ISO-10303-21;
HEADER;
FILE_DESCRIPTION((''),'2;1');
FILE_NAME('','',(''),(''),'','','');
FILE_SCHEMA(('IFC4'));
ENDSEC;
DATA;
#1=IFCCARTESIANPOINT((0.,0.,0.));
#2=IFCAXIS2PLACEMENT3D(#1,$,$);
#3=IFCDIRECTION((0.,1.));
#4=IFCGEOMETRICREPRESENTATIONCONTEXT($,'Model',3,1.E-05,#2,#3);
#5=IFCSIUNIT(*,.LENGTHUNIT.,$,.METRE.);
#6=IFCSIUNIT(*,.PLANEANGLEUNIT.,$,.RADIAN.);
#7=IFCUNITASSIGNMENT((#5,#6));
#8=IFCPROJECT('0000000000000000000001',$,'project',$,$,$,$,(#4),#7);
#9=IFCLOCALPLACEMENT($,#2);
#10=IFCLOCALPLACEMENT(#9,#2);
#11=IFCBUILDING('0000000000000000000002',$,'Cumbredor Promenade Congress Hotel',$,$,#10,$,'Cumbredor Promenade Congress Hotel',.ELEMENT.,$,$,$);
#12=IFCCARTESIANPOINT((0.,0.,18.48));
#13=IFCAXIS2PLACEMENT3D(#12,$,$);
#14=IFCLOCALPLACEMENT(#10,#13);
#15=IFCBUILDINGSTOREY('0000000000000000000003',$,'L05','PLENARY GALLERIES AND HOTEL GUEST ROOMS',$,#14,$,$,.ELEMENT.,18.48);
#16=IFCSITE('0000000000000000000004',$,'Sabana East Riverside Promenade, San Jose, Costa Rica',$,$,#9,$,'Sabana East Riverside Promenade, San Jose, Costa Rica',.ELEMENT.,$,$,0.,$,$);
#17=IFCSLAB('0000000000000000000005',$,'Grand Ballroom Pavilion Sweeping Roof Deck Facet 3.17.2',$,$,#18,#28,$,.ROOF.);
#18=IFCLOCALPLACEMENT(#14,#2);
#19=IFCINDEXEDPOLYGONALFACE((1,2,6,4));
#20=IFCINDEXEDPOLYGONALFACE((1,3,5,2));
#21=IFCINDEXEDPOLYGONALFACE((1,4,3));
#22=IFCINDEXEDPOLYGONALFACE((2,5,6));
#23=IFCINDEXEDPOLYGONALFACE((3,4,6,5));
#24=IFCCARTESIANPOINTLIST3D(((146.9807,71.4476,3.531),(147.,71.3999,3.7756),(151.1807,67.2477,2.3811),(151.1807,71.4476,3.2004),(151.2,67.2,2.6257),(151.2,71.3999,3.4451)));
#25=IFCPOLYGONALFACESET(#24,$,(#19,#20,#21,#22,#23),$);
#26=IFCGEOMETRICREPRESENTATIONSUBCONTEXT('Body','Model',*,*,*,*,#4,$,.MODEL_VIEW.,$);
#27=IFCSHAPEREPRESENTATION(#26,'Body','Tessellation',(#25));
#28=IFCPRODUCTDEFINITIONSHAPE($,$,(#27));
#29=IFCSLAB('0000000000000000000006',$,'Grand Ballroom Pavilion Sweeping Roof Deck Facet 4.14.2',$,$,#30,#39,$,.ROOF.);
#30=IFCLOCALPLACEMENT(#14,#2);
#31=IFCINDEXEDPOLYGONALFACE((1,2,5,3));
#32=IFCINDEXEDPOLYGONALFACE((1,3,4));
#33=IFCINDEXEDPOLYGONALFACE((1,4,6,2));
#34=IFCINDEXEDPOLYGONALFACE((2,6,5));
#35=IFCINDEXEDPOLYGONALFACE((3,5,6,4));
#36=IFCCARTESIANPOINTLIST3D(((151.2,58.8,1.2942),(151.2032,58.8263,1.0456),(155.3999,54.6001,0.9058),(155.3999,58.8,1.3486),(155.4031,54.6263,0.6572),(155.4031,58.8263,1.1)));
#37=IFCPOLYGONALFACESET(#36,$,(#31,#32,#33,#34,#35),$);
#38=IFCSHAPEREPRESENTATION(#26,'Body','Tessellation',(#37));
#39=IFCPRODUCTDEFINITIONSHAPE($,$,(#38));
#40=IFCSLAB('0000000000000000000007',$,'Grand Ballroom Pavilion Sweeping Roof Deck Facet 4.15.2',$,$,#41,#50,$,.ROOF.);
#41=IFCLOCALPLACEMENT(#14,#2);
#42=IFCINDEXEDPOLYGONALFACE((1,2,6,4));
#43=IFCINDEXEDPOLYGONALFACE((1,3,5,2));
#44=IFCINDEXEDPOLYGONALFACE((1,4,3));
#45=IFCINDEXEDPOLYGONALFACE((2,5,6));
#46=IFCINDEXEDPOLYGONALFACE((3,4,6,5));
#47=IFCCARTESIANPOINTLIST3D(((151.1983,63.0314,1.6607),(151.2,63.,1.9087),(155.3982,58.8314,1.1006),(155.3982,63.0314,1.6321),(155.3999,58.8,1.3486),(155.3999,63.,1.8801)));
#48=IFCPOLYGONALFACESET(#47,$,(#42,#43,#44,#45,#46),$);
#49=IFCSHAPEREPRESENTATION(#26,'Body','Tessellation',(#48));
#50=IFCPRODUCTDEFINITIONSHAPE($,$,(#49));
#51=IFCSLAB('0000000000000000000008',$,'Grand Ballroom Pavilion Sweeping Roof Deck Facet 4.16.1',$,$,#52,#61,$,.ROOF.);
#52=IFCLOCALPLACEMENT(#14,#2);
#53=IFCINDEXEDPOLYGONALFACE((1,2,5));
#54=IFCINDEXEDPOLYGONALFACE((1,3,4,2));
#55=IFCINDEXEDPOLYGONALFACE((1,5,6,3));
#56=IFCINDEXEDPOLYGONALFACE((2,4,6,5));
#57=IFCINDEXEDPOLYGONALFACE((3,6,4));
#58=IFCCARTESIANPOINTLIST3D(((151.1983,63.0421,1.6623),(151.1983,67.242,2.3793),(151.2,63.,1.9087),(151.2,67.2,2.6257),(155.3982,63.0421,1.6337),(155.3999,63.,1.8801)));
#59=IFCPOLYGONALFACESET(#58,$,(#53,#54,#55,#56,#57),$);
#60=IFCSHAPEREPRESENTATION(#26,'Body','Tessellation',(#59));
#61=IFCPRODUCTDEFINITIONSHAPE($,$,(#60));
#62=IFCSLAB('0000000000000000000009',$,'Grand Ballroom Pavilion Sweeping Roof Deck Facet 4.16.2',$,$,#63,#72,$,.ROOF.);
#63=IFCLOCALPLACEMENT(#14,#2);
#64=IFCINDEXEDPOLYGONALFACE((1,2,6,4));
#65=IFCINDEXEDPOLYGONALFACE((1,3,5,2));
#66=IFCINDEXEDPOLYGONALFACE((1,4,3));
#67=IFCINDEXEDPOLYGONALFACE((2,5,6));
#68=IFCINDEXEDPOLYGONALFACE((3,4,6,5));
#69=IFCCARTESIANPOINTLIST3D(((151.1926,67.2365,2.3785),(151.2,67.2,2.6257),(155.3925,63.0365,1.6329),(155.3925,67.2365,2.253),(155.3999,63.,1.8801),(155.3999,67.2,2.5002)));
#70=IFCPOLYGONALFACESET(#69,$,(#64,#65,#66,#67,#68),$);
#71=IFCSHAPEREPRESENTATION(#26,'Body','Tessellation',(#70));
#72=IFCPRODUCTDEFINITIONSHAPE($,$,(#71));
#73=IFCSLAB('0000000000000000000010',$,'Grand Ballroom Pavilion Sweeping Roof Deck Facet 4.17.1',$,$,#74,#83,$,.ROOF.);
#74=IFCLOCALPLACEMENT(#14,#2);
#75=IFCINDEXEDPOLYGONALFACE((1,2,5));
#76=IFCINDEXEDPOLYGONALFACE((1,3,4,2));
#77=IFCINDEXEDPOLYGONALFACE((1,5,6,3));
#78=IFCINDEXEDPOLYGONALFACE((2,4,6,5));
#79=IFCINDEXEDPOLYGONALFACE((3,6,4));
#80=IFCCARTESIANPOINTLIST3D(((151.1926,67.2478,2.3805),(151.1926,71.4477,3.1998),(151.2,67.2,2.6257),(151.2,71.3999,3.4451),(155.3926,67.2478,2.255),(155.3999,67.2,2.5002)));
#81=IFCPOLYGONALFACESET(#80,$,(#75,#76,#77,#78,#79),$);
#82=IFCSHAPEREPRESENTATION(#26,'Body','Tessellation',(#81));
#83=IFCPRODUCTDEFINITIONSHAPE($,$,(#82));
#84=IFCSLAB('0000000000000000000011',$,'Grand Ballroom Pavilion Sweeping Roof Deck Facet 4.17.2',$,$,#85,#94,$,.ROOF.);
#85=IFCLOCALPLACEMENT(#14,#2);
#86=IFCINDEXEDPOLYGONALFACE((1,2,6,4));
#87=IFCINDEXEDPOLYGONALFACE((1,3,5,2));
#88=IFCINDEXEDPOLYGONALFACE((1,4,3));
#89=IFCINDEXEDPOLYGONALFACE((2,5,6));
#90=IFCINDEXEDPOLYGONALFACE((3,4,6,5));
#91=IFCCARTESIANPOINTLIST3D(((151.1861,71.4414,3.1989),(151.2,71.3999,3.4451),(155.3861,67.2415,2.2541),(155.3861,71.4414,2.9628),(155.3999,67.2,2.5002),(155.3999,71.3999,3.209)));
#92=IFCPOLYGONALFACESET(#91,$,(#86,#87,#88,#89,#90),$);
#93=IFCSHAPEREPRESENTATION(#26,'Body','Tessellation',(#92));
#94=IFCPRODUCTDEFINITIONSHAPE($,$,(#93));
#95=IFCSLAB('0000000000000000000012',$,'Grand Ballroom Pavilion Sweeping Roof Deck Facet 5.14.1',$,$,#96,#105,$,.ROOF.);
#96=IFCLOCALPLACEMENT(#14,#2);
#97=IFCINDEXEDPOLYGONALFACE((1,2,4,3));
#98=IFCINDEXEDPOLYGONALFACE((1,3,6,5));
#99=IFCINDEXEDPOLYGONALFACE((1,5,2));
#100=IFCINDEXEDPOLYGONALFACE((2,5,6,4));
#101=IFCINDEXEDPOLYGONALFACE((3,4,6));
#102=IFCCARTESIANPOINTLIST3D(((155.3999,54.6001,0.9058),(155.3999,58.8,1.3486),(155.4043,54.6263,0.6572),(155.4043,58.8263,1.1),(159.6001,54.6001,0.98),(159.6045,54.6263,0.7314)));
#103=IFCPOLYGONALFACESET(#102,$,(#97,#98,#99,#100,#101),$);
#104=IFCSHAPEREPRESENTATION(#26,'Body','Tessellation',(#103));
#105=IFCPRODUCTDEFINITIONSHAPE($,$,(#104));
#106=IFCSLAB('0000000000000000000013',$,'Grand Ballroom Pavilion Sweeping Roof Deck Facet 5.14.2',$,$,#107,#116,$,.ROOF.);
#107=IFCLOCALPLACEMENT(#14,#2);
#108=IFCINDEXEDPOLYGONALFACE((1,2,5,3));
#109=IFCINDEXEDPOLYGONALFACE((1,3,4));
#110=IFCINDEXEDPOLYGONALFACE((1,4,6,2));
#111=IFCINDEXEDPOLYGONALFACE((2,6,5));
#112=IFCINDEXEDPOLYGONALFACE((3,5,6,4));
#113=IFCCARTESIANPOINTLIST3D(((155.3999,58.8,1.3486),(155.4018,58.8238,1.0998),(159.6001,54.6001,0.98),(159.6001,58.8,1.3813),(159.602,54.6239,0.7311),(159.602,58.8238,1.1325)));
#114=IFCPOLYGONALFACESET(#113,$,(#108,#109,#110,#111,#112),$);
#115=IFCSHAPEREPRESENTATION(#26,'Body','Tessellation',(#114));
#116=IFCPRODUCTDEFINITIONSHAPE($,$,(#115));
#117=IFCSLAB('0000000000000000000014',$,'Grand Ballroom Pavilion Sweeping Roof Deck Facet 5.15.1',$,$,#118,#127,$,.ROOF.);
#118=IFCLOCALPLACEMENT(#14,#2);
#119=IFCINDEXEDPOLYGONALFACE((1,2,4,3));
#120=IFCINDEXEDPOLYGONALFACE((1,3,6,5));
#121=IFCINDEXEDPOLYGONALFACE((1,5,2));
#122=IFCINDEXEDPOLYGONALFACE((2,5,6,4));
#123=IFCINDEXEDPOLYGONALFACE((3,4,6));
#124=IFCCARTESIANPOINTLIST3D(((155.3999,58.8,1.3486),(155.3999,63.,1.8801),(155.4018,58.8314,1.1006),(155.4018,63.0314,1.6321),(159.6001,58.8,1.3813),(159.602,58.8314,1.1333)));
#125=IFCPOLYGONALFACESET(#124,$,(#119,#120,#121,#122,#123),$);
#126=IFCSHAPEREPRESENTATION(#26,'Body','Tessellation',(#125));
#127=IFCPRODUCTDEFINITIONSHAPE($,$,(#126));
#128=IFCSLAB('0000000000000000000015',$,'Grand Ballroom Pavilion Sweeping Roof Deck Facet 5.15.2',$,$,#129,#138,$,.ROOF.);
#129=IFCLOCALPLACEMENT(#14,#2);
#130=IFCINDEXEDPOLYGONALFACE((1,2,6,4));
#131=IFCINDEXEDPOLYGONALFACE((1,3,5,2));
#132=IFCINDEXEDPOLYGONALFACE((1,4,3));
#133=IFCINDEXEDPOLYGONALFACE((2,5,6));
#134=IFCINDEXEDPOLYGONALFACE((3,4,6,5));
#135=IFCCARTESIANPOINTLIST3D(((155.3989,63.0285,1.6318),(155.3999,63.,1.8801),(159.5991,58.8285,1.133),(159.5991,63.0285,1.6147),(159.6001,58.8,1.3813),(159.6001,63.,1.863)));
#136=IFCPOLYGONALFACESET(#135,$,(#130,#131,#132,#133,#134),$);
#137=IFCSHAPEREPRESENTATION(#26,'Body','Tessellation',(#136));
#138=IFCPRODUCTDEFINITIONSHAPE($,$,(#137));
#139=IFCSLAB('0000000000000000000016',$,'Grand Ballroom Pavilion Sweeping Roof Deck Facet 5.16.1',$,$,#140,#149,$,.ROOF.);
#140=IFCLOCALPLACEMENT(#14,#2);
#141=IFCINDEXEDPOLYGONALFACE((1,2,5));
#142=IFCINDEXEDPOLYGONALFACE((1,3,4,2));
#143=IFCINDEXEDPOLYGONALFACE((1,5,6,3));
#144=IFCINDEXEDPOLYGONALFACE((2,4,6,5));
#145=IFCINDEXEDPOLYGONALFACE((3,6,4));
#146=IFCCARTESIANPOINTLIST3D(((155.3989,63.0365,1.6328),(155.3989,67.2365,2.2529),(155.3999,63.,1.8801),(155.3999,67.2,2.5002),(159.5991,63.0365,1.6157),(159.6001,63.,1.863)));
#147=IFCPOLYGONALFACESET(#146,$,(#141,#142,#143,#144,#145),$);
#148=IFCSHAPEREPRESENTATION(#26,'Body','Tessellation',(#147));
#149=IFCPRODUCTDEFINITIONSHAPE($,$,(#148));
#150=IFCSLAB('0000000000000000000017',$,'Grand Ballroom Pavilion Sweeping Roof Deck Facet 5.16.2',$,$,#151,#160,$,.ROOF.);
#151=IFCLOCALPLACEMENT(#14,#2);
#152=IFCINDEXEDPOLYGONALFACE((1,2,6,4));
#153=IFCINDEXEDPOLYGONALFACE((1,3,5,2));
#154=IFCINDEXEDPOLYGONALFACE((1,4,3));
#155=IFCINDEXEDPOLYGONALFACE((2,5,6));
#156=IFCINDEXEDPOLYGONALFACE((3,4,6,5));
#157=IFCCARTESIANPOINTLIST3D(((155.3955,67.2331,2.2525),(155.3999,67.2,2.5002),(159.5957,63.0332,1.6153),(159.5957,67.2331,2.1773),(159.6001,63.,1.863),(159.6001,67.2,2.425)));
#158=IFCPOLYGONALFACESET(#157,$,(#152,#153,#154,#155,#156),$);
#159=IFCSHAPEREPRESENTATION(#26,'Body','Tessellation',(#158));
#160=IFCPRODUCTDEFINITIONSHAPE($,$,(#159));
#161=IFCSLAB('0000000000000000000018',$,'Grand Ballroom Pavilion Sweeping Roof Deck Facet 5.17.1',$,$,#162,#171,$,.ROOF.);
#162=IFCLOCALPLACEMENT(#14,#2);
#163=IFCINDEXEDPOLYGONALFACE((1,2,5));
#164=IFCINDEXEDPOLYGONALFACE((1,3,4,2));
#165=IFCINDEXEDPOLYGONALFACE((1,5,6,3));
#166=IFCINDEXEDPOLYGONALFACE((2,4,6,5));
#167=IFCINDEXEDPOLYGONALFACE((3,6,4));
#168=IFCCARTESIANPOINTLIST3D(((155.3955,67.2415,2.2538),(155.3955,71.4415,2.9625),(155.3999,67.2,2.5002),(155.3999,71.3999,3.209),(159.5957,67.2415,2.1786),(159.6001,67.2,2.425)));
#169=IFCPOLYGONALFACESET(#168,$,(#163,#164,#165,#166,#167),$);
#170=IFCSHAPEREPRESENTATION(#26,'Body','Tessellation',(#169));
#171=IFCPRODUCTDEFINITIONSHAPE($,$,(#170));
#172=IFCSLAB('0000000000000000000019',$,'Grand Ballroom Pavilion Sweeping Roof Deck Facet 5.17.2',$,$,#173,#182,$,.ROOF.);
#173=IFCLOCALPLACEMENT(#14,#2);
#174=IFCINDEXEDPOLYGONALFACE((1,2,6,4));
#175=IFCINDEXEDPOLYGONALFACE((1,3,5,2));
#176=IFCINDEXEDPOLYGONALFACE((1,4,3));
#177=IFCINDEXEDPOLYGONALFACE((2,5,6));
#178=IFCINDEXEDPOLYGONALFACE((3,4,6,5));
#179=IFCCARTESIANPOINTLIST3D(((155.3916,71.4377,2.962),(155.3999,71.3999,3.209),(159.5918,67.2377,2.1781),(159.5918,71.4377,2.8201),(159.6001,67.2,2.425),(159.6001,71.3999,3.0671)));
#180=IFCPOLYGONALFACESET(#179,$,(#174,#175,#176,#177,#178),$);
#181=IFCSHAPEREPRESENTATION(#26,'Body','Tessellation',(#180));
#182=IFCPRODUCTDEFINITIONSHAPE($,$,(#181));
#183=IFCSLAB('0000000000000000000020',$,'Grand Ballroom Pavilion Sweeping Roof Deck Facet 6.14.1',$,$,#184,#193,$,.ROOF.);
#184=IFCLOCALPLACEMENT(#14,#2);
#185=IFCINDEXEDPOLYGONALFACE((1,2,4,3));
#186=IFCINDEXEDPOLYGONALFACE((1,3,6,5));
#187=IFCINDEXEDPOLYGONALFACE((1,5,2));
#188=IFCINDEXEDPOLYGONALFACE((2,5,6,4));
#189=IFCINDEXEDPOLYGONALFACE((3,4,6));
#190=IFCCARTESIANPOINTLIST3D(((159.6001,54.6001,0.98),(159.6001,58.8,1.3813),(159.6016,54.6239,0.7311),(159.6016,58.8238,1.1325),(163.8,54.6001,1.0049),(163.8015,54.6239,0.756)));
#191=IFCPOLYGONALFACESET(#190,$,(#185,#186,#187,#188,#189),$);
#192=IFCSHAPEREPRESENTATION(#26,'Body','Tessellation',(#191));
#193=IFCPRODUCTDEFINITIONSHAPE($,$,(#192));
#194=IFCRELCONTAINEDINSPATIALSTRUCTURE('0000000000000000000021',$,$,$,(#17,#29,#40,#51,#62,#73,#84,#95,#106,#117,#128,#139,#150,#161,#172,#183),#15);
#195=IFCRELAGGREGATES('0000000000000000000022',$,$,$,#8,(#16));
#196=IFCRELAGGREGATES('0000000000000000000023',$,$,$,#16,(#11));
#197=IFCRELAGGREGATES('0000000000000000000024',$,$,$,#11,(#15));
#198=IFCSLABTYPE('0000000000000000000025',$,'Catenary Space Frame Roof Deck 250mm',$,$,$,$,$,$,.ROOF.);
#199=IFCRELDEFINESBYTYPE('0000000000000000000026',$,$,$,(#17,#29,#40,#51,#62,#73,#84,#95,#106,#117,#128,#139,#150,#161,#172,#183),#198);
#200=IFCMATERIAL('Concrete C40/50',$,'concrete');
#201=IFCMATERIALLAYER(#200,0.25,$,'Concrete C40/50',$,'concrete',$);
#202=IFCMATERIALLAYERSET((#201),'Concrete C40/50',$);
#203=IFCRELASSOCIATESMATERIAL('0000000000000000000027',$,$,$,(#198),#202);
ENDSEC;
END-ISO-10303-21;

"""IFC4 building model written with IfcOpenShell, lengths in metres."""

from ifc_helpers import new_model, si_unit, direction, frame, origin, place, context, subcontext, project, spatial, polyline, outline, extrude, material, layer, layer_set, type_object, element, save


model = new_model("IFC4")

# Units and contexts
model_context = context("Model", 3, precision=1e-05, world=origin(), true_north=direction((0.0, 1.0)))
body_context = subcontext(model_context, "Body", "Model", "MODEL_VIEW")
ifc_project = project(units=[si_unit("LENGTHUNIT", "METRE"), si_unit("PLANEANGLEUNIT", "RADIAN")], contexts=[model_context])

# Site, building, storey
site_placement = place(None, origin())
site = spatial("IfcSite", under=ifc_project, at=site_placement, Name="Sabana East Riverside Promenade, San Jose, Costa Rica", LongName="Sabana East Riverside Promenade, San Jose, Costa Rica", CompositionType="ELEMENT", RefElevation=0.0)
building_placement = place(site_placement, origin())
building = spatial("IfcBuilding", under=site, at=building_placement, Name="Cumbredor Promenade Congress Hotel", LongName="Cumbredor Promenade Congress Hotel", CompositionType="ELEMENT")
storey_placement = place(building_placement, frame((0.0, 0.0, 18.48)))
storey = spatial("IfcBuildingStorey", under=building, at=storey_placement, Name="L05", Description="PLENARY GALLERIES AND HOTEL GUEST ROOMS", CompositionType="ELEMENT", Elevation=18.48)

# Slabs
ifc_material_1 = material(Name="Concrete C40/50", Category="concrete")
ifc_layer_1 = layer(ifc_material_1, 0.25, Name="Concrete C40/50", Category="concrete")
ifc_layer_set_1 = layer_set([ifc_layer_1], Name="Concrete C40/50")
slab_type = type_object("IfcSlabType", Name="Catenary Space Frame Roof Deck 250mm", PredefinedType="ROOF", material=ifc_layer_set_1)
slab_1_placement = place(storey_placement, frame((151.2, 67.2, 2.6257), z_axis=(0.077021, -0.190904, 0.978582), x_axis=(0.0, 0.981498, 0.191473)))
element("IfcSlab", 1, at=slab_1_placement, inside=storey, type_object=slab_type, Name="Grand Ballroom Pavilion Sweeping Roof Deck Facet 3.17.2", PredefinedType="ROOF", context=body_context, shape_type="SweptSolid", body=[
    extrude(outline(polyline([(0.0, 0.0), (4.2791, 0.0), (4.3424, 4.2125), (0.0, 0.0)])), origin(), (0.0, 0.0, -1.0), 0.25),
])
slab_2_placement = place(storey_placement, frame((155.3999, 54.6001, 0.9058), z_axis=(-0.01289, -0.104857, 0.994404), x_axis=(0.0, 0.994486, 0.104865)))
element("IfcSlab", 2, at=slab_2_placement, inside=storey, type_object=slab_type, Name="Grand Ballroom Pavilion Sweeping Roof Deck Facet 4.14.2", PredefinedType="ROOF", context=body_context, shape_type="SweptSolid", body=[
    extrude(outline(polyline([(0.0, 0.0), (4.2232, 0.0), (4.2175, 4.2003), (0.0, 0.0)])), origin(), (0.0, 0.0, -1.0), 0.25),
])
slab_3_placement = place(storey_placement, frame((155.3999, 58.8, 1.3486), z_axis=(0.006747, -0.125544, 0.992065), x_axis=(0.0, 0.992088, 0.125546)))
element("IfcSlab", 3, at=slab_3_placement, inside=storey, type_object=slab_type, Name="Grand Ballroom Pavilion Sweeping Roof Deck Facet 4.15.2", PredefinedType="ROOF", context=body_context, shape_type="SweptSolid", body=[
    extrude(outline(polyline([(0.0, 0.0), (4.2334, 0.0), (4.237, 4.2), (0.0, 0.0)])), origin(), (0.0, 0.0, -1.0), 0.25),
])
slab_4_placement = place(storey_placement, frame((151.2, 63.0, 1.9087), z_axis=(0.006704, -0.168287, 0.985715), x_axis=(0.999977, 0.0, -0.006801)))
element("IfcSlab", 4, at=slab_4_placement, inside=storey, type_object=slab_type, Name="Grand Ballroom Pavilion Sweeping Roof Deck Facet 4.16.1", PredefinedType="ROOF", context=body_context, shape_type="SweptSolid", body=[
    extrude(outline(polyline([(0.0, 0.0), (4.2, 0.0), (-0.0049, 4.2607), (0.0, 0.0)])), origin(), (0.0, 0.0, -1.0), 0.25),
])
slab_5_placement = place(storey_placement, frame((155.3999, 63.0, 1.8801), z_axis=(0.029545, -0.146001, 0.988843), x_axis=(0.0, 0.989275, 0.146065)))
element("IfcSlab", 5, at=slab_5_placement, inside=storey, type_object=slab_type, Name="Grand Ballroom Pavilion Sweeping Roof Deck Facet 4.16.2", PredefinedType="ROOF", context=body_context, shape_type="SweptSolid", body=[
    extrude(outline(polyline([(0.0, 0.0), (4.2455, 0.0), (4.2638, 4.2018), (0.0, 0.0)])), origin(), (0.0, 0.0, -1.0), 0.25),
])
slab_6_placement = place(storey_placement, frame((151.2, 67.2, 2.6257), z_axis=(0.029313, -0.191391, 0.981076), x_axis=(0.999554, 0.0, -0.029865)))
element("IfcSlab", 6, at=slab_6_placement, inside=storey, type_object=slab_type, Name="Grand Ballroom Pavilion Sweeping Roof Deck Facet 4.17.1", PredefinedType="ROOF", context=body_context, shape_type="SweptSolid", body=[
    extrude(outline(polyline([(0.0, 0.0), (4.2018, 0.0), (-0.0245, 4.2791), (0.0, 0.0)])), origin(), (0.0, 0.0, -1.0), 0.25),
])
slab_7_placement = place(storey_placement, frame((155.3999, 67.2, 2.5002), z_axis=(0.055343, -0.166142, 0.984548), x_axis=(0.0, 0.986059, 0.166397)))
element("IfcSlab", 7, at=slab_7_placement, inside=storey, type_object=slab_type, Name="Grand Ballroom Pavilion Sweeping Roof Deck Facet 4.17.2", PredefinedType="ROOF", context=body_context, shape_type="SweptSolid", body=[
    extrude(outline(polyline([(0.0, 0.0), (4.2593, 0.0), (4.2986, 4.2064), (0.0, 0.0)])), origin(), (0.0, 0.0, -1.0), 0.25),
])
slab_8_placement = place(storey_placement, frame((155.3999, 54.6001, 0.9058), z_axis=(-0.01757, -0.104849, 0.994333), x_axis=(0.999844, 0.0, 0.017668)))
element("IfcSlab", 8, at=slab_8_placement, inside=storey, type_object=slab_type, Name="Grand Ballroom Pavilion Sweeping Roof Deck Facet 5.14.1", PredefinedType="ROOF", context=body_context, shape_type="SweptSolid", body=[
    extrude(outline(polyline([(0.0, 0.0), (4.2009, 0.0), (0.0078, 4.2232), (0.0, 0.0)])), origin(), (0.0, 0.0, -1.0), 0.25),
])
slab_9_placement = place(storey_placement, frame((159.6001, 54.6001, 0.98), z_axis=(-0.007753, -0.095128, 0.995435), x_axis=(0.0, 0.995465, 0.095131)))
element("IfcSlab", 9, at=slab_9_placement, inside=storey, type_object=slab_type, Name="Grand Ballroom Pavilion Sweeping Roof Deck Facet 5.14.2", PredefinedType="ROOF", context=body_context, shape_type="SweptSolid", body=[
    extrude(outline(polyline([(0.0, 0.0), (4.2191, 0.0), (4.216, 4.2003), (0.0, 0.0)])), origin(), (0.0, 0.0, -1.0), 0.25),
])
slab_10_placement = place(storey_placement, frame((155.3999, 58.8, 1.3486), z_axis=(-0.007727, -0.125543, 0.992058), x_axis=(0.99997, 0.0, 0.007789)))
element("IfcSlab", 10, at=slab_10_placement, inside=storey, type_object=slab_type, Name="Grand Ballroom Pavilion Sweeping Roof Deck Facet 5.15.1", PredefinedType="ROOF", context=body_context, shape_type="SweptSolid", body=[
    extrude(outline(polyline([(0.0, 0.0), (4.2003, 0.0), (0.0041, 4.2334), (0.0, 0.0)])), origin(), (0.0, 0.0, -1.0), 0.25),
])
slab_11_placement = place(storey_placement, frame((159.6001, 58.8, 1.3813), z_axis=(0.004042, -0.113941, 0.993479), x_axis=(0.0, 0.993487, 0.113942)))
element("IfcSlab", 11, at=slab_11_placement, inside=storey, type_object=slab_type, Name="Grand Ballroom Pavilion Sweeping Roof Deck Facet 5.15.2", PredefinedType="ROOF", context=body_context, shape_type="SweptSolid", body=[
    extrude(outline(polyline([(0.0, 0.0), (4.2275, 0.0), (4.2294, 4.2002), (0.0, 0.0)])), origin(), (0.0, 0.0, -1.0), 0.25),
])
slab_12_placement = place(storey_placement, frame((155.3999, 63.0, 1.8801), z_axis=(0.004025, -0.146064, 0.989267), x_axis=(0.999992, 0.0, -0.004069)))
element("IfcSlab", 12, at=slab_12_placement, inside=storey, type_object=slab_type, Name="Grand Ballroom Pavilion Sweeping Roof Deck Facet 5.16.1", PredefinedType="ROOF", context=body_context, shape_type="SweptSolid", body=[
    extrude(outline(polyline([(0.0, 0.0), (4.2002, 0.0), (-0.0025, 4.2455), (0.0, 0.0)])), origin(), (0.0, 0.0, -1.0), 0.25),
])
slab_13_placement = place(storey_placement, frame((159.6001, 63.0, 1.863), z_axis=(0.017742, -0.132611, 0.991009), x_axis=(0.0, 0.991165, 0.132632)))
element("IfcSlab", 13, at=slab_13_placement, inside=storey, type_object=slab_type, Name="Grand Ballroom Pavilion Sweeping Roof Deck Facet 5.16.2", PredefinedType="ROOF", context=body_context, shape_type="SweptSolid", body=[
    extrude(outline(polyline([(0.0, 0.0), (4.2374, 0.0), (4.2474, 4.2009), (0.0, 0.0)])), origin(), (0.0, 0.0, -1.0), 0.25),
])
slab_14_placement = place(storey_placement, frame((155.3999, 67.2, 2.5002), z_axis=(0.01765, -0.166371, 0.985905), x_axis=(0.99984, 0.0, -0.0179)))
element("IfcSlab", 14, at=slab_14_placement, inside=storey, type_object=slab_type, Name="Grand Ballroom Pavilion Sweeping Roof Deck Facet 5.17.1", PredefinedType="ROOF", context=body_context, shape_type="SweptSolid", body=[
    extrude(outline(polyline([(0.0, 0.0), (4.2009, 0.0), (-0.0127, 4.2593), (0.0, 0.0)])), origin(), (0.0, 0.0, -1.0), 0.25),
])
slab_15_placement = place(storey_placement, frame((159.6001, 67.2, 2.425), z_axis=(0.033365, -0.15104, 0.987964), x_axis=(0.0, 0.988515, 0.151124)))
element("IfcSlab", 15, at=slab_15_placement, inside=storey, type_object=slab_type, Name="Grand Ballroom Pavilion Sweeping Roof Deck Facet 5.17.2", PredefinedType="ROOF", context=body_context, shape_type="SweptSolid", body=[
    extrude(outline(polyline([(0.0, 0.0), (4.2487, 0.0), (4.2702, 4.2025), (0.0, 0.0)])), origin(), (0.0, 0.0, -1.0), 0.25),
])
slab_16_placement = place(storey_placement, frame((159.6001, 54.6001, 0.98), z_axis=(-0.005902, -0.09513, 0.995447), x_axis=(0.999982, 0.0, 0.005929)))
element("IfcSlab", 16, at=slab_16_placement, inside=storey, type_object=slab_type, Name="Grand Ballroom Pavilion Sweeping Roof Deck Facet 6.14.1", PredefinedType="ROOF", context=body_context, shape_type="SweptSolid", body=[
    extrude(outline(polyline([(0.0, 0.0), (4.2, 0.0), (0.0024, 4.2191), (0.0, 0.0)])), origin(), (0.0, 0.0, -1.0), 0.25),
])

save(model, "model.ifc")
